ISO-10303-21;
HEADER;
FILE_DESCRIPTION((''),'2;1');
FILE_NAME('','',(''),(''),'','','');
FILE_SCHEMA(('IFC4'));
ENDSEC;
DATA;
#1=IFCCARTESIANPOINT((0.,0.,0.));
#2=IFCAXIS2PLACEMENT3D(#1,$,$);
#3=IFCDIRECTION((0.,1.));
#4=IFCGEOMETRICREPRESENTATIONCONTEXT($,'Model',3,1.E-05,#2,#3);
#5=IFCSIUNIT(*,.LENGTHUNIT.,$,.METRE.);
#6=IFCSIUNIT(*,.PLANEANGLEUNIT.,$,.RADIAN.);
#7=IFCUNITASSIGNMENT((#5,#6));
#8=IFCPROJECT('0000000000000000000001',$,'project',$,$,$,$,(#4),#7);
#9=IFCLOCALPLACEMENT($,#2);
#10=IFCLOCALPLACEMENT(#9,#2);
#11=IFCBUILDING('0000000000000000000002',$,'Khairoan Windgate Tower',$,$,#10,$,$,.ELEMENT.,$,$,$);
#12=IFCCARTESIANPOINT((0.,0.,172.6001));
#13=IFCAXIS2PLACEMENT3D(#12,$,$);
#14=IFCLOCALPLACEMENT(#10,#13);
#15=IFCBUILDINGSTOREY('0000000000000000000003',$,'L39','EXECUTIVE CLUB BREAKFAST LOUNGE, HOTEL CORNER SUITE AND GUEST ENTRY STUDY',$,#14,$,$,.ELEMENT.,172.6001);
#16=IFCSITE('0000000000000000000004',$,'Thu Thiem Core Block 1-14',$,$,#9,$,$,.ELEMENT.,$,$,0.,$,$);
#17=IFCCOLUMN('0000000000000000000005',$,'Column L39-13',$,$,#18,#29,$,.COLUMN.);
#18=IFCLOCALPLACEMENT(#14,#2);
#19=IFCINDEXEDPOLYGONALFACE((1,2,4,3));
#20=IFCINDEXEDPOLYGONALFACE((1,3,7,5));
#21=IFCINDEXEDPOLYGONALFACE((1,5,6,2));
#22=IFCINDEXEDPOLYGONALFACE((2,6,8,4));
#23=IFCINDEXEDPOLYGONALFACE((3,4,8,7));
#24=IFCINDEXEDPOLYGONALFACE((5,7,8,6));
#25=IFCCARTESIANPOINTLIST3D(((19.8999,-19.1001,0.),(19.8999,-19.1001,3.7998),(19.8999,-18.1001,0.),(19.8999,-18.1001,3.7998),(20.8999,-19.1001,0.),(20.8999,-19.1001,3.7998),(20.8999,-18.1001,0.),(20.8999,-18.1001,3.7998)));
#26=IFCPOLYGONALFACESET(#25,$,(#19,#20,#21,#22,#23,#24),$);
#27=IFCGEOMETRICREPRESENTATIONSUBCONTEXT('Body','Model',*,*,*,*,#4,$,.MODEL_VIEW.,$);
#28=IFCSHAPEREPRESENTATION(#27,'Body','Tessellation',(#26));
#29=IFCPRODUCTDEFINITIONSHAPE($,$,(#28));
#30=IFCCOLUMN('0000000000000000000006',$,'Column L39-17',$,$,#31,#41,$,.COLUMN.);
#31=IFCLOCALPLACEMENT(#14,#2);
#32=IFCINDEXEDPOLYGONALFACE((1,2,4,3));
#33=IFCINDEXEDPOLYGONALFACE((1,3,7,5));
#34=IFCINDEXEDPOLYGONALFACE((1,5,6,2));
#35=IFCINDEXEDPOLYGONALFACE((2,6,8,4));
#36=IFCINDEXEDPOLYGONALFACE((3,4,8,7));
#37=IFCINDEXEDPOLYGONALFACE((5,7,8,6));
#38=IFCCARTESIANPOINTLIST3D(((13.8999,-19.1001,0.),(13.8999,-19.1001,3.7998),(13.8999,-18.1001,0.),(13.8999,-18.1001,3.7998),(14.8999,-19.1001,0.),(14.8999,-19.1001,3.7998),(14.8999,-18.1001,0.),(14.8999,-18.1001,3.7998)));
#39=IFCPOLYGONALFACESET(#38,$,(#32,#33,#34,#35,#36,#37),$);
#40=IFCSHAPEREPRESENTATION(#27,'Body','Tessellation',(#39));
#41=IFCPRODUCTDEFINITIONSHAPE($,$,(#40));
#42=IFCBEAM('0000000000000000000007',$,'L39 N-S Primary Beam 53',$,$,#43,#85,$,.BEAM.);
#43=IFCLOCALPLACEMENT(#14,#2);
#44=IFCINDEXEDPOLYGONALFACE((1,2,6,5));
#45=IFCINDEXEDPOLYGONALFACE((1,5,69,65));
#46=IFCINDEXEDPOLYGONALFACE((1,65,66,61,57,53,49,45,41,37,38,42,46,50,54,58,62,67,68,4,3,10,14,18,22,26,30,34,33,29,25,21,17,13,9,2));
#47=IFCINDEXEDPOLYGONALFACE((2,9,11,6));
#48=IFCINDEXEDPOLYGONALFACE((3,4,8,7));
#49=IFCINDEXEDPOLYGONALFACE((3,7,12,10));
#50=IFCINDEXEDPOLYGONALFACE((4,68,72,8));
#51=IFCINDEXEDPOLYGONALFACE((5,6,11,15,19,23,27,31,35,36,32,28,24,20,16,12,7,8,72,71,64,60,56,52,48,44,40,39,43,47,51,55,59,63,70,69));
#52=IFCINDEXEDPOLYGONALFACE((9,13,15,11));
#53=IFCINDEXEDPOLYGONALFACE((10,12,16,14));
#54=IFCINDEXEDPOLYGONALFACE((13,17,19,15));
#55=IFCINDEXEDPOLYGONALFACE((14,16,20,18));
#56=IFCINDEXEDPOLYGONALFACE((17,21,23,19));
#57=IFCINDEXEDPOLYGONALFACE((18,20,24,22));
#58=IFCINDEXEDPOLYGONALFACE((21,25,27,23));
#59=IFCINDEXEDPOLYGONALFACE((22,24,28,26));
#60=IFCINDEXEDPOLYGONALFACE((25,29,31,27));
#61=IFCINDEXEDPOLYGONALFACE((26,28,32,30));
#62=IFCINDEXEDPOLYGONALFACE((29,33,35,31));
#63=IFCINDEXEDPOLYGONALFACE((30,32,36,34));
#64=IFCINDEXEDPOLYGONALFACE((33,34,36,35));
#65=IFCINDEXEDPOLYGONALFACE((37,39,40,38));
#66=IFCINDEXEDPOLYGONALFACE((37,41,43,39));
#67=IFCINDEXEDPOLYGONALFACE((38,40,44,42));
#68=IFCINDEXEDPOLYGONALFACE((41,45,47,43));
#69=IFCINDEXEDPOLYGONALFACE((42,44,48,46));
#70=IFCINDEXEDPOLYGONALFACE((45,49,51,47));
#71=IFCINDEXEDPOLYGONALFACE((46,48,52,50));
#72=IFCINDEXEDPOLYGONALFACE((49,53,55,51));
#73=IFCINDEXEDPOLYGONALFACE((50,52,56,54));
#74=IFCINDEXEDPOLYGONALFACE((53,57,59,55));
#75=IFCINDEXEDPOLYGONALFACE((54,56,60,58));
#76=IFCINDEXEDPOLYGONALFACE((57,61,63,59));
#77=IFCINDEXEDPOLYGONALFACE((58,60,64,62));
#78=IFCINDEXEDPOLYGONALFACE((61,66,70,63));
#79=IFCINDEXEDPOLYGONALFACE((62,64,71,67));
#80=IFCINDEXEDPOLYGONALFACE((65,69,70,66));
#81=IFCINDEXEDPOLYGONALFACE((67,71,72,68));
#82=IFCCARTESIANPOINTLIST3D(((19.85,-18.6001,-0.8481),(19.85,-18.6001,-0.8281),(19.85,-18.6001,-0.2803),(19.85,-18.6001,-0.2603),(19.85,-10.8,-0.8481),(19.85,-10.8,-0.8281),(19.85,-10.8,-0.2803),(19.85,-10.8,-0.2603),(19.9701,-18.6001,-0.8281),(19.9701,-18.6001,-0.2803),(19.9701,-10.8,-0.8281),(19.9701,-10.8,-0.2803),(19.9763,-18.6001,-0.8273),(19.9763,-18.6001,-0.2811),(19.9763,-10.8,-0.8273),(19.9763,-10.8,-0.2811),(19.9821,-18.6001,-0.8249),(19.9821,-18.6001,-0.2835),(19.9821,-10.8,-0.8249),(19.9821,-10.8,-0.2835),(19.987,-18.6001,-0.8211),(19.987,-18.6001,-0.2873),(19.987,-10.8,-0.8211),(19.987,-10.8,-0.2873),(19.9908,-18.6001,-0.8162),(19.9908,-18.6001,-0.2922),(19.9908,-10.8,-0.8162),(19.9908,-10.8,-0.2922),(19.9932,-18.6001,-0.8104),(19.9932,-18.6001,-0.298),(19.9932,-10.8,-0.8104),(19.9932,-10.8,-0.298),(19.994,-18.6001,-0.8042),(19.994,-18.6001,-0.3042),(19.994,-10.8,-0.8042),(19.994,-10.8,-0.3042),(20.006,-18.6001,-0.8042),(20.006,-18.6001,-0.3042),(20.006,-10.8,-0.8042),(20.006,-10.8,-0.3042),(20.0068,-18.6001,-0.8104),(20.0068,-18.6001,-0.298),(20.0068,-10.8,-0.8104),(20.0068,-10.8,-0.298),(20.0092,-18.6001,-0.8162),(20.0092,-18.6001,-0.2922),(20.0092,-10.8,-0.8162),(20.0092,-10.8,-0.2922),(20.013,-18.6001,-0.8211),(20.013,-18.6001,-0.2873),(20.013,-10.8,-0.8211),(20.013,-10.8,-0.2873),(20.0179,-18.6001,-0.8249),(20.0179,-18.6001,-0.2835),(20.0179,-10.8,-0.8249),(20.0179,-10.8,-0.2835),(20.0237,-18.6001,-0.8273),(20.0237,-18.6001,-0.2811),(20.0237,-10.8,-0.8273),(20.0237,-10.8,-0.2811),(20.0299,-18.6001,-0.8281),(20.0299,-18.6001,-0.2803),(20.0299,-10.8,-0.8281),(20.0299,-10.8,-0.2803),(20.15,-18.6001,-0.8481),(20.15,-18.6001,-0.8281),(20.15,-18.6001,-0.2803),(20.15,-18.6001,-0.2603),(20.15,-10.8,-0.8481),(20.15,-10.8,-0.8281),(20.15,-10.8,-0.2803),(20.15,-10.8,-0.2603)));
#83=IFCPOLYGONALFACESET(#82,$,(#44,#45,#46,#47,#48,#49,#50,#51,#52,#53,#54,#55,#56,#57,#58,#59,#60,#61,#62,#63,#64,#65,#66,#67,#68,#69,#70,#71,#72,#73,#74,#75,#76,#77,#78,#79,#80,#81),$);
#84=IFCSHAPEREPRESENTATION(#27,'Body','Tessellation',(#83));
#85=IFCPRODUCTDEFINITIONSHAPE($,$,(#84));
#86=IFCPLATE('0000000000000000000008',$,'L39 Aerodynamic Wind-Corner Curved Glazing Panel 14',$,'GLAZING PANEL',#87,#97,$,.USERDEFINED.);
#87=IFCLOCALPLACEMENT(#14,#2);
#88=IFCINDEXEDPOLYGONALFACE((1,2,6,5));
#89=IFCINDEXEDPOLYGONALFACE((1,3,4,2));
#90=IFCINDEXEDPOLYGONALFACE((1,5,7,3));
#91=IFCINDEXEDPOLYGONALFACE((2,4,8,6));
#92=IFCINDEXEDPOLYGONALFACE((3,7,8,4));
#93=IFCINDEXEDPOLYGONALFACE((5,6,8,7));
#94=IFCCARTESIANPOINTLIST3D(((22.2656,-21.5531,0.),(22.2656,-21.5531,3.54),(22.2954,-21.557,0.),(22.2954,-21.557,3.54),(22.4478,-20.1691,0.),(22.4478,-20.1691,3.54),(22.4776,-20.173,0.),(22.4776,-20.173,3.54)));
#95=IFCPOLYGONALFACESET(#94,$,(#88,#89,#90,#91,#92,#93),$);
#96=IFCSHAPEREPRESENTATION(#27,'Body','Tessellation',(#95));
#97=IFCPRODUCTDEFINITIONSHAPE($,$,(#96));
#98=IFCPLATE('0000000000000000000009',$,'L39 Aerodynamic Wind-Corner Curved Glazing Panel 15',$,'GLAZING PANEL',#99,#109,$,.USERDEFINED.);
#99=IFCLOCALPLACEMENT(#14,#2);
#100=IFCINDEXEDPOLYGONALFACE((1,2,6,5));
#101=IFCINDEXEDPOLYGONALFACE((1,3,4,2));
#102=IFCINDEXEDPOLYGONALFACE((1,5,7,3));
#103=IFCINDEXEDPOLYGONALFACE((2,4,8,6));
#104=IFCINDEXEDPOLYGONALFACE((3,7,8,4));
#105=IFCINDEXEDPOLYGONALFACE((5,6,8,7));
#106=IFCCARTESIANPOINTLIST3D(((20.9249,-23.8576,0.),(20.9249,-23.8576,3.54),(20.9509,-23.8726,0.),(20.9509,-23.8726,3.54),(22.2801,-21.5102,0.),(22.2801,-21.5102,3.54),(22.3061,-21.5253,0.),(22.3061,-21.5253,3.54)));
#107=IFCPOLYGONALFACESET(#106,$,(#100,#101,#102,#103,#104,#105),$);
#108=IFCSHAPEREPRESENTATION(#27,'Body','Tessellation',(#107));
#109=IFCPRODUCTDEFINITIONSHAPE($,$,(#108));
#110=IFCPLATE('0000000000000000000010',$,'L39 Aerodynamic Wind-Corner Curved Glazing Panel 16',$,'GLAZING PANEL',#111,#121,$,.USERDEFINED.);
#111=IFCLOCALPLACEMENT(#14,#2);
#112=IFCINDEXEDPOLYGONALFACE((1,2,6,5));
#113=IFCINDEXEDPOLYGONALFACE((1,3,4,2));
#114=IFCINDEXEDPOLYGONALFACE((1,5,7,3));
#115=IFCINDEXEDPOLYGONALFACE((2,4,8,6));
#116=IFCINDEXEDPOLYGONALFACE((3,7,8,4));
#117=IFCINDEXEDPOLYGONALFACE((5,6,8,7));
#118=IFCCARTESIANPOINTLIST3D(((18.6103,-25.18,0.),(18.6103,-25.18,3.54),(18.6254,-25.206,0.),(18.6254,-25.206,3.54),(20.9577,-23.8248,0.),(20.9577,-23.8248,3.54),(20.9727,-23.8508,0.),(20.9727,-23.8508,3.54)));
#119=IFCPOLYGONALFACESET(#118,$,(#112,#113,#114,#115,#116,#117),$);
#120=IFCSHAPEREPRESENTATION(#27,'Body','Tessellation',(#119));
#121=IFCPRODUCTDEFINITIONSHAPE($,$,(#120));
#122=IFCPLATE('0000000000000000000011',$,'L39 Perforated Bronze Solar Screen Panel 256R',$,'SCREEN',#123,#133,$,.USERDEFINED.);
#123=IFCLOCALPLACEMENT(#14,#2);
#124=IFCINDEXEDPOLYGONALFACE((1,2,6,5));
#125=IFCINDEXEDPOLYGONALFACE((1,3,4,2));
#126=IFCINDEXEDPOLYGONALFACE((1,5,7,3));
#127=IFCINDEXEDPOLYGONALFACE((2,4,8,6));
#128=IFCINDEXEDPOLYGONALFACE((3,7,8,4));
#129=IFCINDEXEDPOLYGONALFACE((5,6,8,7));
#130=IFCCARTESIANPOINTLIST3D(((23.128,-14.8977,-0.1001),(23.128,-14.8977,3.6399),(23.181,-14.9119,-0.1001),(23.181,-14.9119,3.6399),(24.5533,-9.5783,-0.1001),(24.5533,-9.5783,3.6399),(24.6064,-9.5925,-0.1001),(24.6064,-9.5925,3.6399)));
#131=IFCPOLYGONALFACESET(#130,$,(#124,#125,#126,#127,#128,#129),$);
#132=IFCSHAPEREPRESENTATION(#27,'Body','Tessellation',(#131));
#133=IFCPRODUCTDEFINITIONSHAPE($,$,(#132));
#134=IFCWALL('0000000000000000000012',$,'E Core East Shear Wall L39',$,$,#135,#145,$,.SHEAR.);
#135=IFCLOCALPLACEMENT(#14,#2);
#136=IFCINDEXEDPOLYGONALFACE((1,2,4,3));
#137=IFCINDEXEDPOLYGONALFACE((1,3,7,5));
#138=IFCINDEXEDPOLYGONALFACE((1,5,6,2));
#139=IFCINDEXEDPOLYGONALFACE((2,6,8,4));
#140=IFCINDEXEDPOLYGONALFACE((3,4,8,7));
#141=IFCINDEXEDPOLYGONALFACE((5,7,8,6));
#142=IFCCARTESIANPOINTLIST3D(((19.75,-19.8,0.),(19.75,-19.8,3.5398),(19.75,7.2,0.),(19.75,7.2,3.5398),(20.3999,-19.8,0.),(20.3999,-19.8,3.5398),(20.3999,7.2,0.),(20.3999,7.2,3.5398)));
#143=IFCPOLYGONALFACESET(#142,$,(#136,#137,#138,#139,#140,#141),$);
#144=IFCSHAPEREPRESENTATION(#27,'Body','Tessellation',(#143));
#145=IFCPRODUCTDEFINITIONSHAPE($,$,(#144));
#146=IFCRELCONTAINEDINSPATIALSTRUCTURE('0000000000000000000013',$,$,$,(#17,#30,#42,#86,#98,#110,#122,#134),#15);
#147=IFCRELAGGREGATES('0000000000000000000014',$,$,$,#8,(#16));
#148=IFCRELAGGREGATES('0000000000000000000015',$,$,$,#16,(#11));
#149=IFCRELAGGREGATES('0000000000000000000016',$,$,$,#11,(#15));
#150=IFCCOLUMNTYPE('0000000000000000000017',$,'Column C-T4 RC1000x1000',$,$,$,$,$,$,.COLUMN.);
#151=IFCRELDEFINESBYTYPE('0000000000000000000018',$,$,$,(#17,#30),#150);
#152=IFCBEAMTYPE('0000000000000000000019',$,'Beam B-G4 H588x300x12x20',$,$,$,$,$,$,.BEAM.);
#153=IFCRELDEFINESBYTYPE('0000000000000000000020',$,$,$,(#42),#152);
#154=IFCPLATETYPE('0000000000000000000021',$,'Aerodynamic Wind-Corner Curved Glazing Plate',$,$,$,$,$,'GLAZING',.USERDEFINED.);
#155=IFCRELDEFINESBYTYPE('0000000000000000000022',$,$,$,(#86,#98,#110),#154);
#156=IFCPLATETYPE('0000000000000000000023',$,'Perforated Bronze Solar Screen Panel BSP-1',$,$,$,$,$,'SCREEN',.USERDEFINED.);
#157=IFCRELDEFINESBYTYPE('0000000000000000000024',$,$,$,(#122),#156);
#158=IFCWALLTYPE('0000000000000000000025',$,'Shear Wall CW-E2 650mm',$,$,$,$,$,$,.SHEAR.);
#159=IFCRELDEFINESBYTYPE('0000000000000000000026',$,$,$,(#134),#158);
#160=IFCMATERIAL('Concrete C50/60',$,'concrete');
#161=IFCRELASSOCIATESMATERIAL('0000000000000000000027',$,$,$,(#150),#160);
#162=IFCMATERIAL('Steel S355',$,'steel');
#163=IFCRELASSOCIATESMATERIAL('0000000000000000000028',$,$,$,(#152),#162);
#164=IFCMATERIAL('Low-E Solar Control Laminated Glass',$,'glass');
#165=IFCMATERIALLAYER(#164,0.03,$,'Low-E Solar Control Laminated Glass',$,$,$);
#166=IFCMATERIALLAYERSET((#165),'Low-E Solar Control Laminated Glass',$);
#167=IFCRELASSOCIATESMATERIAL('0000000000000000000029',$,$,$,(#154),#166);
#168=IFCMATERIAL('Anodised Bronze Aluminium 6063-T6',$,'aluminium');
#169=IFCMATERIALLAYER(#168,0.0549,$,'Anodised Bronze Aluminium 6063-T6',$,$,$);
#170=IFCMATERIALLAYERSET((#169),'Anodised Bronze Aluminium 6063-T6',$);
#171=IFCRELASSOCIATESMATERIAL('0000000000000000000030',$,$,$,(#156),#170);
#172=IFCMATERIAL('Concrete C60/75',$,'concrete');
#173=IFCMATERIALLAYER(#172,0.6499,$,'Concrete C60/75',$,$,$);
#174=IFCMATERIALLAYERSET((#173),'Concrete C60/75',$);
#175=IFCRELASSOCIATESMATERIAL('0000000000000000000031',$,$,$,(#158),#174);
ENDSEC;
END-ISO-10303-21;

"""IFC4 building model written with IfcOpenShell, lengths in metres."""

from ifc_helpers import new_model, si_unit, direction, frame, frame_2d, origin, origin_2d, place, context, subcontext, project, spatial, rectangle, i_section, extrude, material, layer, layer_set, material_profile, profile_set, type_object, element, save


model = new_model("IFC4")

# Units and contexts
model_context = context("Model", 3, precision=1e-05, world=origin(), true_north=direction((0.0, 1.0)))
body_context = subcontext(model_context, "Body", "Model", "MODEL_VIEW")
ifc_project = project(units=[si_unit("LENGTHUNIT", "METRE"), si_unit("PLANEANGLEUNIT", "RADIAN")], contexts=[model_context])

# Site, building, storey
site_placement = place(None, origin())
site = spatial("IfcSite", under=ifc_project, at=site_placement, Name="Thu Thiem Core Block 1-14", CompositionType="ELEMENT", RefElevation=0.0)
building_placement = place(site_placement, origin())
building = spatial("IfcBuilding", under=site, at=building_placement, Name="Khairoan Windgate Tower", CompositionType="ELEMENT")
storey_placement = place(building_placement, frame((0.0, 0.0, 172.6001)))
storey = spatial("IfcBuildingStorey", under=building, at=storey_placement, Name="L39", Description="EXECUTIVE CLUB BREAKFAST LOUNGE, HOTEL CORNER SUITE AND GUEST ENTRY STUDY", CompositionType="ELEMENT", Elevation=172.6001)

# Columns
ifc_material_1 = material(Name="Concrete C50/60", Category="concrete")
ifc_material_profile_1 = material_profile(ifc_material_1, rectangle(XDim=1.0, YDim=1.0, at=origin_2d()))
ifc_profile_set_1 = profile_set([ifc_material_profile_1], Name="Concrete C50/60")
column_type = type_object("IfcColumnType", Name="Column C-T4 RC1000x1000", PredefinedType="COLUMN", material=ifc_profile_set_1)
for number, where, z_axis, x_axis, name in (
    (1, (20.3999, -18.6001, 0.0), (0.0, 0.0, 1.0), (1.0, 0.0, 0.0), "Column L39-13"),
    (2, (14.3999, -18.6001, 0.0), (0.0, 0.0, 1.0), (1.0, 0.0, 0.0), "Column L39-17"),
):
    element("IfcColumn", number, at=place(storey_placement, frame(where, z_axis=z_axis, x_axis=x_axis)), inside=storey, type_object=column_type, Name=name, PredefinedType="COLUMN", context=body_context, shape_type="SweptSolid", body=[
        extrude(rectangle(XDim=1.0, YDim=1.0, at=origin_2d()), origin(), (0.0, 0.0, 1.0), 3.7998),
    ])

# Beam
ifc_material_2 = material(Name="Steel S355", Category="steel")
ifc_material_profile_2 = material_profile(ifc_material_2, i_section(OverallWidth=0.3, OverallDepth=0.5879, WebThickness=0.012, FlangeThickness=0.02, FilletRadius=0.0239, at=origin_2d()))
ifc_profile_set_2 = profile_set([ifc_material_profile_2], Name="Steel S355")
beam_type = type_object("IfcBeamType", Name="Beam B-G4 H588x300x12x20", PredefinedType="BEAM", material=ifc_profile_set_2)
beam_placement = place(storey_placement, frame((20.0, -18.6001, -0.5542), z_axis=(0.0, 1.0, 0.0), x_axis=(-1.0, 0.0, 0.0)))
element("IfcBeam", 3, at=beam_placement, inside=storey, type_object=beam_type, Name="L39 N-S Primary Beam 53", PredefinedType="BEAM", context=body_context, shape_type="SweptSolid", body=[
    extrude(i_section(OverallWidth=0.3, OverallDepth=0.5879, WebThickness=0.012, FlangeThickness=0.02, FilletRadius=0.0239, at=origin_2d()), origin(), (0.0, 0.0, 1.0), 7.8),
])

# Plates
ifc_material_3 = material(Name="Low-E Solar Control Laminated Glass", Category="glass")
ifc_layer_1 = layer(ifc_material_3, 0.03, Name="Low-E Solar Control Laminated Glass")
ifc_layer_set_1 = layer_set([ifc_layer_1], Name="Low-E Solar Control Laminated Glass")
plate_type_1 = type_object("IfcPlateType", Name="Aerodynamic Wind-Corner Curved Glazing Plate", ElementType="GLAZING", PredefinedType="USERDEFINED", material=ifc_layer_set_1)
plate_1_placement = place(storey_placement, frame((22.3716, -20.863, 0.0), z_axis=(0.0, 0.0, 1.0), x_axis=(-0.130526, -0.991445, 0.0)))
element("IfcPlate", 4, at=plate_1_placement, inside=storey, type_object=plate_type_1, Name="L39 Aerodynamic Wind-Corner Curved Glazing Panel 14", ObjectType="GLAZING PANEL", PredefinedType="USERDEFINED", context=body_context, shape_type="SweptSolid", body=[
    extrude(rectangle(XDim=1.396, YDim=0.03, at=origin_2d()), origin(), (0.0, 0.0, 1.0), 3.54),
])
for number, where, z_axis, x_axis, name in (
    (5, (21.6155, -22.6914, 0.0), (0.0, 0.0, 1.0), (-0.5, -0.866025, 0.0), "L39 Aerodynamic Wind-Corner Curved Glazing Panel 15"),
    (6, (19.7915, -24.5154, 0.0), (0.0, 0.0, 1.0), (-0.866025, -0.5, 0.0), "L39 Aerodynamic Wind-Corner Curved Glazing Panel 16"),
):
    element("IfcPlate", number, at=place(storey_placement, frame(where, z_axis=z_axis, x_axis=x_axis)), inside=storey, type_object=plate_type_1, Name=name, ObjectType="GLAZING PANEL", PredefinedType="USERDEFINED", context=body_context, shape_type="SweptSolid", body=[
        extrude(rectangle(XDim=2.7104, YDim=0.03, at=origin_2d()), origin(), (0.0, 0.0, 1.0), 3.54),
    ])

# Plate
ifc_material_4 = material(Name="Anodised Bronze Aluminium 6063-T6", Category="aluminium")
ifc_layer_2 = layer(ifc_material_4, 0.0549, Name="Anodised Bronze Aluminium 6063-T6")
ifc_layer_set_2 = layer_set([ifc_layer_2], Name="Anodised Bronze Aluminium 6063-T6")
plate_type_2 = type_object("IfcPlateType", Name="Perforated Bronze Solar Screen Panel BSP-1", ElementType="SCREEN", PredefinedType="USERDEFINED", material=ifc_layer_set_2)
plate_2_placement = place(storey_placement, frame((23.8672, -12.2451, -0.1001), z_axis=(0.0, 0.0, 1.0), x_axis=(-0.258819, -0.965926, 0.0)))
element("IfcPlate", 7, at=plate_2_placement, inside=storey, type_object=plate_type_2, Name="L39 Perforated Bronze Solar Screen Panel 256R", ObjectType="SCREEN", PredefinedType="USERDEFINED", context=body_context, shape_type="SweptSolid", body=[
    extrude(rectangle(XDim=5.5071, YDim=0.0549, at=origin_2d()), origin(), (0.0, 0.0, 1.0), 3.74),
])

# Wall
ifc_material_5 = material(Name="Concrete C60/75", Category="concrete")
ifc_layer_3 = layer(ifc_material_5, 0.6499, Name="Concrete C60/75")
ifc_layer_set_3 = layer_set([ifc_layer_3], Name="Concrete C60/75")
wall_type_1 = type_object("IfcWallType", Name="Shear Wall CW-E2 650mm", PredefinedType="SHEAR", material=ifc_layer_set_3)
wall_1_placement = place(storey_placement, frame((20.075, -19.8, 0.0), z_axis=(0.0, 0.0, 1.0), x_axis=(0.0, 1.0, 0.0)))
element("IfcWall", 8, at=wall_1_placement, inside=storey, type_object=wall_type_1, Name="E Core East Shear Wall L39", PredefinedType="SHEAR", context=body_context, shape_type="SweptSolid", body=[
    extrude(rectangle(XDim=27.0, YDim=0.6499, at=frame_2d((13.5, 0.0))), origin(), (0.0, 0.0, 1.0), 3.5398),
])

save(model, "model.ifc")
